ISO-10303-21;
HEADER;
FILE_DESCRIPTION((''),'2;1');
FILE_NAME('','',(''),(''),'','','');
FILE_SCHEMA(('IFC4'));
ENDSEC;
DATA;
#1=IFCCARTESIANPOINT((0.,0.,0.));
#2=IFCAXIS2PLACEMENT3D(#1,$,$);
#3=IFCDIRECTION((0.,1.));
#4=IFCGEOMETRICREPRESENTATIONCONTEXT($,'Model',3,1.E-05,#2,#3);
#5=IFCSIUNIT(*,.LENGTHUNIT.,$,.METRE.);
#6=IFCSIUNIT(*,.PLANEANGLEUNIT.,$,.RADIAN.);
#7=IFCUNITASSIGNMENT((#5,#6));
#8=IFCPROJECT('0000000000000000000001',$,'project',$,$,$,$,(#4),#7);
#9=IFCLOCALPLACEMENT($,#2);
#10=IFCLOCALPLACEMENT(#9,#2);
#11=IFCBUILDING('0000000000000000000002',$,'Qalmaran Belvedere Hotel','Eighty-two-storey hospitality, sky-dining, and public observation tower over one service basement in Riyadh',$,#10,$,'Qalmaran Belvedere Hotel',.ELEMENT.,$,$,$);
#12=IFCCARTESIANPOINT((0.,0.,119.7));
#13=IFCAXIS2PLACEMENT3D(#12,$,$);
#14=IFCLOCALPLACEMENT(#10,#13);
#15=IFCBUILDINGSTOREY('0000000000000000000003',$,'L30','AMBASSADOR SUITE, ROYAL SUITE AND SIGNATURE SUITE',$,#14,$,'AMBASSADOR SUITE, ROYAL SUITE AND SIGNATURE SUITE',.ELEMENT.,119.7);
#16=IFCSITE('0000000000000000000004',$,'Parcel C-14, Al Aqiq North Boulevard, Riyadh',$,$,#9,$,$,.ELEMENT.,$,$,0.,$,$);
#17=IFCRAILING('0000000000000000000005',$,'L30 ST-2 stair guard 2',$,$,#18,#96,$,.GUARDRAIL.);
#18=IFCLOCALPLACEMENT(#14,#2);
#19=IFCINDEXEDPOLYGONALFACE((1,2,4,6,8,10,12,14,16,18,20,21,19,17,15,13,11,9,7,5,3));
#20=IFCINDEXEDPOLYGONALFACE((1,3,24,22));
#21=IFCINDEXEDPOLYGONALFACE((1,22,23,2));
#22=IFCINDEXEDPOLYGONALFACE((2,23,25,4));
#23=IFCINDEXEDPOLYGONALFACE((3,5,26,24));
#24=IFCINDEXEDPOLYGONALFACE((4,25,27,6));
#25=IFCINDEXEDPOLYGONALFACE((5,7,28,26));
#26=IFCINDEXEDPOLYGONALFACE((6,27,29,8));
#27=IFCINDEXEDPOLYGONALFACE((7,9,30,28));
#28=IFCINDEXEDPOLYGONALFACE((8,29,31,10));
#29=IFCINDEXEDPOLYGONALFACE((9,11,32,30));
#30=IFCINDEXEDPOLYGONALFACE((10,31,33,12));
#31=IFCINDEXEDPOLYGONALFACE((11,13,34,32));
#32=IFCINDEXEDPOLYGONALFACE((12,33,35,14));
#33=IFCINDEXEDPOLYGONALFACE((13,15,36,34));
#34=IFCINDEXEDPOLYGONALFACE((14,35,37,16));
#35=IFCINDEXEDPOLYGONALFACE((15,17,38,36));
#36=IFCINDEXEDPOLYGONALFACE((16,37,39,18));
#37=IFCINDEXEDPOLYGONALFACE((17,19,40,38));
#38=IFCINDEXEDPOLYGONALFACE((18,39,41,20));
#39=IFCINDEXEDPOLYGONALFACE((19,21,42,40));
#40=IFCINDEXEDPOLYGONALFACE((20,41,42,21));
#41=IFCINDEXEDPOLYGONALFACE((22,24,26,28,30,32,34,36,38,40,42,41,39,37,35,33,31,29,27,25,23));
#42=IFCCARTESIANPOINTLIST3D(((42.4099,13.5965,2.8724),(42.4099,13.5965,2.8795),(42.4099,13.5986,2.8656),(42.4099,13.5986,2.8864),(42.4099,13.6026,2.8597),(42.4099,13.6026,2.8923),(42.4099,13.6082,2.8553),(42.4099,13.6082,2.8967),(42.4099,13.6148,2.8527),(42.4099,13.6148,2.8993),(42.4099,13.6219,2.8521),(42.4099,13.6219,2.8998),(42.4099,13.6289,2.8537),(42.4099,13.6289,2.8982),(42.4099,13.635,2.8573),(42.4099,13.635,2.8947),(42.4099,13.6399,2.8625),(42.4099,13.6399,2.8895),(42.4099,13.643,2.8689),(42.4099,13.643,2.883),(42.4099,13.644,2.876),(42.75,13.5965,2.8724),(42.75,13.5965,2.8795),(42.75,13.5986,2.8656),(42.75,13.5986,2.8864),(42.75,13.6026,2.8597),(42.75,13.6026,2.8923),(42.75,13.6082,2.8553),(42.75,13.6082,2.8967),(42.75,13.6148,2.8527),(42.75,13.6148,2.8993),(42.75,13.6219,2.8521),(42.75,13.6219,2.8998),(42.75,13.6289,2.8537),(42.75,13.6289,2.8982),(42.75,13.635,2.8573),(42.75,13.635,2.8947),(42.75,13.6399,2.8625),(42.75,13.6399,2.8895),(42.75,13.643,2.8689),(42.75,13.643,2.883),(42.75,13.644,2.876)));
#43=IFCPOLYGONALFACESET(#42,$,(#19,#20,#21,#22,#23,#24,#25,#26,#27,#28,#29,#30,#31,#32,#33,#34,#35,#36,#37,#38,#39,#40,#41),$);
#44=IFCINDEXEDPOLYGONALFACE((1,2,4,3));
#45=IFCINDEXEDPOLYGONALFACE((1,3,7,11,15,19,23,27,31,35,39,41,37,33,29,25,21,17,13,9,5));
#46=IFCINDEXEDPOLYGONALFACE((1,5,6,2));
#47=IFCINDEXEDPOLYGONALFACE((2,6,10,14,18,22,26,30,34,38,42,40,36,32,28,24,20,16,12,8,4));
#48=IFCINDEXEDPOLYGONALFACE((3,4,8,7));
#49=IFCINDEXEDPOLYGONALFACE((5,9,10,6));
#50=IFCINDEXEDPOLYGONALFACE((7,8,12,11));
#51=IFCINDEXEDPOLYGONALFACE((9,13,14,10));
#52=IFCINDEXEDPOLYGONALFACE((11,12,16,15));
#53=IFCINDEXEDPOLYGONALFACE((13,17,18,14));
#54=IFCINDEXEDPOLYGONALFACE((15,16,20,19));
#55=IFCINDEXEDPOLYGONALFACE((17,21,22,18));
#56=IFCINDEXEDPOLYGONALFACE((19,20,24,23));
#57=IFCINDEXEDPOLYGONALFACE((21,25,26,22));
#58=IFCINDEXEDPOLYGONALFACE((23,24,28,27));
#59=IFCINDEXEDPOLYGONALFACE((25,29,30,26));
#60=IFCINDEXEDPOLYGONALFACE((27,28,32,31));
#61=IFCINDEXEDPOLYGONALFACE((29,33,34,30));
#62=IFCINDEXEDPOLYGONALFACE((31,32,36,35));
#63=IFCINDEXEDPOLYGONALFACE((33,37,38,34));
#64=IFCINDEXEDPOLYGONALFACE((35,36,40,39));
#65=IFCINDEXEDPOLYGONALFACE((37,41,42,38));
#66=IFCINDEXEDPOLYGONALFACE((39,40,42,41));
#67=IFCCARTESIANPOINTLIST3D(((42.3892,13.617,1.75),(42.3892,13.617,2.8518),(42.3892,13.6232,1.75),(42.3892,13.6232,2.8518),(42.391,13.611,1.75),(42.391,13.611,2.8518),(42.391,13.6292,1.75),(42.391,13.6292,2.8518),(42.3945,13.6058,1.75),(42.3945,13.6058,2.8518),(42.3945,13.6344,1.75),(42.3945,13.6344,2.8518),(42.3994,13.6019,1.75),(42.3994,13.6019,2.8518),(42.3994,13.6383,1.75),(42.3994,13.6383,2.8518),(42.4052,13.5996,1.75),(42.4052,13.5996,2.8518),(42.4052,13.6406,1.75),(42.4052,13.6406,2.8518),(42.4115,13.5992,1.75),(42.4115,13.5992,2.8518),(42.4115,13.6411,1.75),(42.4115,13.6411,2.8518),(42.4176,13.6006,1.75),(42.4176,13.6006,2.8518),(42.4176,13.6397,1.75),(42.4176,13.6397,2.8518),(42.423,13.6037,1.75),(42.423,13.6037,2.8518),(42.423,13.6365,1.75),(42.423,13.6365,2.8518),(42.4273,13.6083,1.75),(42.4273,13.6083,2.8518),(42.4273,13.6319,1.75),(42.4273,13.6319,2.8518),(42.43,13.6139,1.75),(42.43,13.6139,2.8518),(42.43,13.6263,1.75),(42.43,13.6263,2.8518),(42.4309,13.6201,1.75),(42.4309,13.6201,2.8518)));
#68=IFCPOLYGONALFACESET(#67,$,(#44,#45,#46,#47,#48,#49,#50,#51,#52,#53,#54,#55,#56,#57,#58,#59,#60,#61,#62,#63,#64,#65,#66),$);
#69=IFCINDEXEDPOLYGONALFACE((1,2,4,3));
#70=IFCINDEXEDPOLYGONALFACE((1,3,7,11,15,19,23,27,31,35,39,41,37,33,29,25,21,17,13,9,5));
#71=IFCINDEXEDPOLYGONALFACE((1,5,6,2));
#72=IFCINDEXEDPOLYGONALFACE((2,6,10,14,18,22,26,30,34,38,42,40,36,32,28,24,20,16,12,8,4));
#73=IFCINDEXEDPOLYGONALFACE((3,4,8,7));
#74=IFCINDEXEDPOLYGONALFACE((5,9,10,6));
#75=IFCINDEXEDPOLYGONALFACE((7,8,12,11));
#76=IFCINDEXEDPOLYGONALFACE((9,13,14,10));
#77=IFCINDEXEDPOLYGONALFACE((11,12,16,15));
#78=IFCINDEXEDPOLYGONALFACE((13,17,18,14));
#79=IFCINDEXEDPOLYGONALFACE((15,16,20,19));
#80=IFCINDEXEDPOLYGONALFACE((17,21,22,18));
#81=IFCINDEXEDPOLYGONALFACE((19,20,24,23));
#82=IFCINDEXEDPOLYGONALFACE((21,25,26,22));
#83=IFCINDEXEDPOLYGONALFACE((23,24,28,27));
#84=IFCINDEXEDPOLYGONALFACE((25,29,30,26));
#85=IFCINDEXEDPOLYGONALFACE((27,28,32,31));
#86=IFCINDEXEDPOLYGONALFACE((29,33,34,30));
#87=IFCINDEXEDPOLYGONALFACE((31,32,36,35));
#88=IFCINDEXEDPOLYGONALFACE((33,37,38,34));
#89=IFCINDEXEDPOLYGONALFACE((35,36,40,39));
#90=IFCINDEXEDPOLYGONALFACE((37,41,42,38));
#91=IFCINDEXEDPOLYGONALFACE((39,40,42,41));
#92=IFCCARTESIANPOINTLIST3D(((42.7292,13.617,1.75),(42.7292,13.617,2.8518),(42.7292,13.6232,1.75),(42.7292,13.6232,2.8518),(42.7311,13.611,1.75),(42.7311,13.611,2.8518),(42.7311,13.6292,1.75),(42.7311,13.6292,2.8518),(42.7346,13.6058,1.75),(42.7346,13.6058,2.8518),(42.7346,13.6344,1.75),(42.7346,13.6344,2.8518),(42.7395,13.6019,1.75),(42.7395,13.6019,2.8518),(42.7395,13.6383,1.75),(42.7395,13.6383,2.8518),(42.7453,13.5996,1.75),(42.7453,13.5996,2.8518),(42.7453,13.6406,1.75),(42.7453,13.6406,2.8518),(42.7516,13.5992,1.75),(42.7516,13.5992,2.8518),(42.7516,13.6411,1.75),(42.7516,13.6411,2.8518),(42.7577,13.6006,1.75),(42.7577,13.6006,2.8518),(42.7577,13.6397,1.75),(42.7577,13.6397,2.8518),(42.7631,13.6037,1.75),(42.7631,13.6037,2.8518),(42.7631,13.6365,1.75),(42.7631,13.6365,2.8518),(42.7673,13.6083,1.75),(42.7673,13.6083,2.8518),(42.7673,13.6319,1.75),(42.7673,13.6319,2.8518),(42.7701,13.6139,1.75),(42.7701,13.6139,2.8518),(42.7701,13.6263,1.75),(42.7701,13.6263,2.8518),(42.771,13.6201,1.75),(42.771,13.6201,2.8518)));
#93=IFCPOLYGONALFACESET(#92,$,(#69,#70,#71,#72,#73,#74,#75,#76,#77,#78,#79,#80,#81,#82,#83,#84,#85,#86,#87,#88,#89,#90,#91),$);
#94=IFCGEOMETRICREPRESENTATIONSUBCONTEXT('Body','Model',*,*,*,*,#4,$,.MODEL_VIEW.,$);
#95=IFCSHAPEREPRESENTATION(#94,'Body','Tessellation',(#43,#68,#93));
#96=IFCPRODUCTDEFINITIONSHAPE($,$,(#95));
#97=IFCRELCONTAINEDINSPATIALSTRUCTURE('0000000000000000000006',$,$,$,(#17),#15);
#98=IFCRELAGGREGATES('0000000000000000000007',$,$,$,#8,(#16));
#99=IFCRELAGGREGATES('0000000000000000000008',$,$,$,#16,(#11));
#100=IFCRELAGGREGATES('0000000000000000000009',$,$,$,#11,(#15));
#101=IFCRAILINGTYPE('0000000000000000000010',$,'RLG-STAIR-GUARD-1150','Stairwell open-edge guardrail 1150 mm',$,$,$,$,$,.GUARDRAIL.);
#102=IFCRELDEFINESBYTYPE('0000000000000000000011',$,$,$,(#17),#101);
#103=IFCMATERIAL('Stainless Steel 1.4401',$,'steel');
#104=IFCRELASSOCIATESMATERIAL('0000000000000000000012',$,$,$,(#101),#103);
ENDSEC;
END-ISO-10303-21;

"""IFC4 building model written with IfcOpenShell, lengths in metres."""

from ifc_helpers import new_model, si_unit, direction, frame, origin, origin_2d, place, context, subcontext, project, spatial, circle, extrude, material, type_object, element, save


model = new_model("IFC4")

# Units and contexts
model_context = context("Model", 3, precision=1e-05, world=origin(), true_north=direction((0.0, 1.0)))
body_context = subcontext(model_context, "Body", "Model", "MODEL_VIEW")
ifc_project = project(units=[si_unit("LENGTHUNIT", "METRE"), si_unit("PLANEANGLEUNIT", "RADIAN")], contexts=[model_context])

# Site, building, storey
site_placement = place(None, origin())
site = spatial("IfcSite", under=ifc_project, at=site_placement, Name="Parcel C-14, Al Aqiq North Boulevard, Riyadh", CompositionType="ELEMENT", RefElevation=0.0)
building_placement = place(site_placement, origin())
building = spatial("IfcBuilding", under=site, at=building_placement, Name="Qalmaran Belvedere Hotel", Description="Eighty-two-storey hospitality, sky-dining, and public observation tower over one service basement in Riyadh", LongName="Qalmaran Belvedere Hotel", CompositionType="ELEMENT")
storey_placement = place(building_placement, frame((0.0, 0.0, 119.7)))
storey = spatial("IfcBuildingStorey", under=building, at=storey_placement, Name="L30", Description="AMBASSADOR SUITE, ROYAL SUITE AND SIGNATURE SUITE", LongName="AMBASSADOR SUITE, ROYAL SUITE AND SIGNATURE SUITE", CompositionType="ELEMENT", Elevation=119.7)

# Shared definitions
ifc_material_1 = material(Name="Stainless Steel 1.4401", Category="steel")

# Railing
railing_type_1 = type_object("IfcRailingType", Name="RLG-STAIR-GUARD-1150", Description="Stairwell open-edge guardrail 1150 mm", PredefinedType="GUARDRAIL", material=ifc_material_1)
railing_1_placement = place(storey_placement, frame((42.4099, 13.6201, 1.75)))
element("IfcRailing", 1, at=railing_1_placement, inside=storey, type_object=railing_type_1, Name="L30 ST-2 stair guard 2", PredefinedType="GUARDRAIL", context=body_context, shape_type="SweptSolid", body=[
    extrude(circle(Radius=0.0239, at=origin_2d()), frame((0.0, 0.0, 1.126), z_axis=(1.0, 0.0, 0.0), x_axis=(0.0, 1.0, 0.0)), (0.0, 0.0, 1.0), 0.3401),
    extrude(circle(Radius=0.021, at=origin_2d()), origin(), (0.0, 0.0, 1.0), 1.1018),
    extrude(circle(Radius=0.021, at=origin_2d()), frame((0.3401, 0.0, 0.0)), (0.0, 0.0, 1.0), 1.1018),
])

save(model, "model.ifc")
